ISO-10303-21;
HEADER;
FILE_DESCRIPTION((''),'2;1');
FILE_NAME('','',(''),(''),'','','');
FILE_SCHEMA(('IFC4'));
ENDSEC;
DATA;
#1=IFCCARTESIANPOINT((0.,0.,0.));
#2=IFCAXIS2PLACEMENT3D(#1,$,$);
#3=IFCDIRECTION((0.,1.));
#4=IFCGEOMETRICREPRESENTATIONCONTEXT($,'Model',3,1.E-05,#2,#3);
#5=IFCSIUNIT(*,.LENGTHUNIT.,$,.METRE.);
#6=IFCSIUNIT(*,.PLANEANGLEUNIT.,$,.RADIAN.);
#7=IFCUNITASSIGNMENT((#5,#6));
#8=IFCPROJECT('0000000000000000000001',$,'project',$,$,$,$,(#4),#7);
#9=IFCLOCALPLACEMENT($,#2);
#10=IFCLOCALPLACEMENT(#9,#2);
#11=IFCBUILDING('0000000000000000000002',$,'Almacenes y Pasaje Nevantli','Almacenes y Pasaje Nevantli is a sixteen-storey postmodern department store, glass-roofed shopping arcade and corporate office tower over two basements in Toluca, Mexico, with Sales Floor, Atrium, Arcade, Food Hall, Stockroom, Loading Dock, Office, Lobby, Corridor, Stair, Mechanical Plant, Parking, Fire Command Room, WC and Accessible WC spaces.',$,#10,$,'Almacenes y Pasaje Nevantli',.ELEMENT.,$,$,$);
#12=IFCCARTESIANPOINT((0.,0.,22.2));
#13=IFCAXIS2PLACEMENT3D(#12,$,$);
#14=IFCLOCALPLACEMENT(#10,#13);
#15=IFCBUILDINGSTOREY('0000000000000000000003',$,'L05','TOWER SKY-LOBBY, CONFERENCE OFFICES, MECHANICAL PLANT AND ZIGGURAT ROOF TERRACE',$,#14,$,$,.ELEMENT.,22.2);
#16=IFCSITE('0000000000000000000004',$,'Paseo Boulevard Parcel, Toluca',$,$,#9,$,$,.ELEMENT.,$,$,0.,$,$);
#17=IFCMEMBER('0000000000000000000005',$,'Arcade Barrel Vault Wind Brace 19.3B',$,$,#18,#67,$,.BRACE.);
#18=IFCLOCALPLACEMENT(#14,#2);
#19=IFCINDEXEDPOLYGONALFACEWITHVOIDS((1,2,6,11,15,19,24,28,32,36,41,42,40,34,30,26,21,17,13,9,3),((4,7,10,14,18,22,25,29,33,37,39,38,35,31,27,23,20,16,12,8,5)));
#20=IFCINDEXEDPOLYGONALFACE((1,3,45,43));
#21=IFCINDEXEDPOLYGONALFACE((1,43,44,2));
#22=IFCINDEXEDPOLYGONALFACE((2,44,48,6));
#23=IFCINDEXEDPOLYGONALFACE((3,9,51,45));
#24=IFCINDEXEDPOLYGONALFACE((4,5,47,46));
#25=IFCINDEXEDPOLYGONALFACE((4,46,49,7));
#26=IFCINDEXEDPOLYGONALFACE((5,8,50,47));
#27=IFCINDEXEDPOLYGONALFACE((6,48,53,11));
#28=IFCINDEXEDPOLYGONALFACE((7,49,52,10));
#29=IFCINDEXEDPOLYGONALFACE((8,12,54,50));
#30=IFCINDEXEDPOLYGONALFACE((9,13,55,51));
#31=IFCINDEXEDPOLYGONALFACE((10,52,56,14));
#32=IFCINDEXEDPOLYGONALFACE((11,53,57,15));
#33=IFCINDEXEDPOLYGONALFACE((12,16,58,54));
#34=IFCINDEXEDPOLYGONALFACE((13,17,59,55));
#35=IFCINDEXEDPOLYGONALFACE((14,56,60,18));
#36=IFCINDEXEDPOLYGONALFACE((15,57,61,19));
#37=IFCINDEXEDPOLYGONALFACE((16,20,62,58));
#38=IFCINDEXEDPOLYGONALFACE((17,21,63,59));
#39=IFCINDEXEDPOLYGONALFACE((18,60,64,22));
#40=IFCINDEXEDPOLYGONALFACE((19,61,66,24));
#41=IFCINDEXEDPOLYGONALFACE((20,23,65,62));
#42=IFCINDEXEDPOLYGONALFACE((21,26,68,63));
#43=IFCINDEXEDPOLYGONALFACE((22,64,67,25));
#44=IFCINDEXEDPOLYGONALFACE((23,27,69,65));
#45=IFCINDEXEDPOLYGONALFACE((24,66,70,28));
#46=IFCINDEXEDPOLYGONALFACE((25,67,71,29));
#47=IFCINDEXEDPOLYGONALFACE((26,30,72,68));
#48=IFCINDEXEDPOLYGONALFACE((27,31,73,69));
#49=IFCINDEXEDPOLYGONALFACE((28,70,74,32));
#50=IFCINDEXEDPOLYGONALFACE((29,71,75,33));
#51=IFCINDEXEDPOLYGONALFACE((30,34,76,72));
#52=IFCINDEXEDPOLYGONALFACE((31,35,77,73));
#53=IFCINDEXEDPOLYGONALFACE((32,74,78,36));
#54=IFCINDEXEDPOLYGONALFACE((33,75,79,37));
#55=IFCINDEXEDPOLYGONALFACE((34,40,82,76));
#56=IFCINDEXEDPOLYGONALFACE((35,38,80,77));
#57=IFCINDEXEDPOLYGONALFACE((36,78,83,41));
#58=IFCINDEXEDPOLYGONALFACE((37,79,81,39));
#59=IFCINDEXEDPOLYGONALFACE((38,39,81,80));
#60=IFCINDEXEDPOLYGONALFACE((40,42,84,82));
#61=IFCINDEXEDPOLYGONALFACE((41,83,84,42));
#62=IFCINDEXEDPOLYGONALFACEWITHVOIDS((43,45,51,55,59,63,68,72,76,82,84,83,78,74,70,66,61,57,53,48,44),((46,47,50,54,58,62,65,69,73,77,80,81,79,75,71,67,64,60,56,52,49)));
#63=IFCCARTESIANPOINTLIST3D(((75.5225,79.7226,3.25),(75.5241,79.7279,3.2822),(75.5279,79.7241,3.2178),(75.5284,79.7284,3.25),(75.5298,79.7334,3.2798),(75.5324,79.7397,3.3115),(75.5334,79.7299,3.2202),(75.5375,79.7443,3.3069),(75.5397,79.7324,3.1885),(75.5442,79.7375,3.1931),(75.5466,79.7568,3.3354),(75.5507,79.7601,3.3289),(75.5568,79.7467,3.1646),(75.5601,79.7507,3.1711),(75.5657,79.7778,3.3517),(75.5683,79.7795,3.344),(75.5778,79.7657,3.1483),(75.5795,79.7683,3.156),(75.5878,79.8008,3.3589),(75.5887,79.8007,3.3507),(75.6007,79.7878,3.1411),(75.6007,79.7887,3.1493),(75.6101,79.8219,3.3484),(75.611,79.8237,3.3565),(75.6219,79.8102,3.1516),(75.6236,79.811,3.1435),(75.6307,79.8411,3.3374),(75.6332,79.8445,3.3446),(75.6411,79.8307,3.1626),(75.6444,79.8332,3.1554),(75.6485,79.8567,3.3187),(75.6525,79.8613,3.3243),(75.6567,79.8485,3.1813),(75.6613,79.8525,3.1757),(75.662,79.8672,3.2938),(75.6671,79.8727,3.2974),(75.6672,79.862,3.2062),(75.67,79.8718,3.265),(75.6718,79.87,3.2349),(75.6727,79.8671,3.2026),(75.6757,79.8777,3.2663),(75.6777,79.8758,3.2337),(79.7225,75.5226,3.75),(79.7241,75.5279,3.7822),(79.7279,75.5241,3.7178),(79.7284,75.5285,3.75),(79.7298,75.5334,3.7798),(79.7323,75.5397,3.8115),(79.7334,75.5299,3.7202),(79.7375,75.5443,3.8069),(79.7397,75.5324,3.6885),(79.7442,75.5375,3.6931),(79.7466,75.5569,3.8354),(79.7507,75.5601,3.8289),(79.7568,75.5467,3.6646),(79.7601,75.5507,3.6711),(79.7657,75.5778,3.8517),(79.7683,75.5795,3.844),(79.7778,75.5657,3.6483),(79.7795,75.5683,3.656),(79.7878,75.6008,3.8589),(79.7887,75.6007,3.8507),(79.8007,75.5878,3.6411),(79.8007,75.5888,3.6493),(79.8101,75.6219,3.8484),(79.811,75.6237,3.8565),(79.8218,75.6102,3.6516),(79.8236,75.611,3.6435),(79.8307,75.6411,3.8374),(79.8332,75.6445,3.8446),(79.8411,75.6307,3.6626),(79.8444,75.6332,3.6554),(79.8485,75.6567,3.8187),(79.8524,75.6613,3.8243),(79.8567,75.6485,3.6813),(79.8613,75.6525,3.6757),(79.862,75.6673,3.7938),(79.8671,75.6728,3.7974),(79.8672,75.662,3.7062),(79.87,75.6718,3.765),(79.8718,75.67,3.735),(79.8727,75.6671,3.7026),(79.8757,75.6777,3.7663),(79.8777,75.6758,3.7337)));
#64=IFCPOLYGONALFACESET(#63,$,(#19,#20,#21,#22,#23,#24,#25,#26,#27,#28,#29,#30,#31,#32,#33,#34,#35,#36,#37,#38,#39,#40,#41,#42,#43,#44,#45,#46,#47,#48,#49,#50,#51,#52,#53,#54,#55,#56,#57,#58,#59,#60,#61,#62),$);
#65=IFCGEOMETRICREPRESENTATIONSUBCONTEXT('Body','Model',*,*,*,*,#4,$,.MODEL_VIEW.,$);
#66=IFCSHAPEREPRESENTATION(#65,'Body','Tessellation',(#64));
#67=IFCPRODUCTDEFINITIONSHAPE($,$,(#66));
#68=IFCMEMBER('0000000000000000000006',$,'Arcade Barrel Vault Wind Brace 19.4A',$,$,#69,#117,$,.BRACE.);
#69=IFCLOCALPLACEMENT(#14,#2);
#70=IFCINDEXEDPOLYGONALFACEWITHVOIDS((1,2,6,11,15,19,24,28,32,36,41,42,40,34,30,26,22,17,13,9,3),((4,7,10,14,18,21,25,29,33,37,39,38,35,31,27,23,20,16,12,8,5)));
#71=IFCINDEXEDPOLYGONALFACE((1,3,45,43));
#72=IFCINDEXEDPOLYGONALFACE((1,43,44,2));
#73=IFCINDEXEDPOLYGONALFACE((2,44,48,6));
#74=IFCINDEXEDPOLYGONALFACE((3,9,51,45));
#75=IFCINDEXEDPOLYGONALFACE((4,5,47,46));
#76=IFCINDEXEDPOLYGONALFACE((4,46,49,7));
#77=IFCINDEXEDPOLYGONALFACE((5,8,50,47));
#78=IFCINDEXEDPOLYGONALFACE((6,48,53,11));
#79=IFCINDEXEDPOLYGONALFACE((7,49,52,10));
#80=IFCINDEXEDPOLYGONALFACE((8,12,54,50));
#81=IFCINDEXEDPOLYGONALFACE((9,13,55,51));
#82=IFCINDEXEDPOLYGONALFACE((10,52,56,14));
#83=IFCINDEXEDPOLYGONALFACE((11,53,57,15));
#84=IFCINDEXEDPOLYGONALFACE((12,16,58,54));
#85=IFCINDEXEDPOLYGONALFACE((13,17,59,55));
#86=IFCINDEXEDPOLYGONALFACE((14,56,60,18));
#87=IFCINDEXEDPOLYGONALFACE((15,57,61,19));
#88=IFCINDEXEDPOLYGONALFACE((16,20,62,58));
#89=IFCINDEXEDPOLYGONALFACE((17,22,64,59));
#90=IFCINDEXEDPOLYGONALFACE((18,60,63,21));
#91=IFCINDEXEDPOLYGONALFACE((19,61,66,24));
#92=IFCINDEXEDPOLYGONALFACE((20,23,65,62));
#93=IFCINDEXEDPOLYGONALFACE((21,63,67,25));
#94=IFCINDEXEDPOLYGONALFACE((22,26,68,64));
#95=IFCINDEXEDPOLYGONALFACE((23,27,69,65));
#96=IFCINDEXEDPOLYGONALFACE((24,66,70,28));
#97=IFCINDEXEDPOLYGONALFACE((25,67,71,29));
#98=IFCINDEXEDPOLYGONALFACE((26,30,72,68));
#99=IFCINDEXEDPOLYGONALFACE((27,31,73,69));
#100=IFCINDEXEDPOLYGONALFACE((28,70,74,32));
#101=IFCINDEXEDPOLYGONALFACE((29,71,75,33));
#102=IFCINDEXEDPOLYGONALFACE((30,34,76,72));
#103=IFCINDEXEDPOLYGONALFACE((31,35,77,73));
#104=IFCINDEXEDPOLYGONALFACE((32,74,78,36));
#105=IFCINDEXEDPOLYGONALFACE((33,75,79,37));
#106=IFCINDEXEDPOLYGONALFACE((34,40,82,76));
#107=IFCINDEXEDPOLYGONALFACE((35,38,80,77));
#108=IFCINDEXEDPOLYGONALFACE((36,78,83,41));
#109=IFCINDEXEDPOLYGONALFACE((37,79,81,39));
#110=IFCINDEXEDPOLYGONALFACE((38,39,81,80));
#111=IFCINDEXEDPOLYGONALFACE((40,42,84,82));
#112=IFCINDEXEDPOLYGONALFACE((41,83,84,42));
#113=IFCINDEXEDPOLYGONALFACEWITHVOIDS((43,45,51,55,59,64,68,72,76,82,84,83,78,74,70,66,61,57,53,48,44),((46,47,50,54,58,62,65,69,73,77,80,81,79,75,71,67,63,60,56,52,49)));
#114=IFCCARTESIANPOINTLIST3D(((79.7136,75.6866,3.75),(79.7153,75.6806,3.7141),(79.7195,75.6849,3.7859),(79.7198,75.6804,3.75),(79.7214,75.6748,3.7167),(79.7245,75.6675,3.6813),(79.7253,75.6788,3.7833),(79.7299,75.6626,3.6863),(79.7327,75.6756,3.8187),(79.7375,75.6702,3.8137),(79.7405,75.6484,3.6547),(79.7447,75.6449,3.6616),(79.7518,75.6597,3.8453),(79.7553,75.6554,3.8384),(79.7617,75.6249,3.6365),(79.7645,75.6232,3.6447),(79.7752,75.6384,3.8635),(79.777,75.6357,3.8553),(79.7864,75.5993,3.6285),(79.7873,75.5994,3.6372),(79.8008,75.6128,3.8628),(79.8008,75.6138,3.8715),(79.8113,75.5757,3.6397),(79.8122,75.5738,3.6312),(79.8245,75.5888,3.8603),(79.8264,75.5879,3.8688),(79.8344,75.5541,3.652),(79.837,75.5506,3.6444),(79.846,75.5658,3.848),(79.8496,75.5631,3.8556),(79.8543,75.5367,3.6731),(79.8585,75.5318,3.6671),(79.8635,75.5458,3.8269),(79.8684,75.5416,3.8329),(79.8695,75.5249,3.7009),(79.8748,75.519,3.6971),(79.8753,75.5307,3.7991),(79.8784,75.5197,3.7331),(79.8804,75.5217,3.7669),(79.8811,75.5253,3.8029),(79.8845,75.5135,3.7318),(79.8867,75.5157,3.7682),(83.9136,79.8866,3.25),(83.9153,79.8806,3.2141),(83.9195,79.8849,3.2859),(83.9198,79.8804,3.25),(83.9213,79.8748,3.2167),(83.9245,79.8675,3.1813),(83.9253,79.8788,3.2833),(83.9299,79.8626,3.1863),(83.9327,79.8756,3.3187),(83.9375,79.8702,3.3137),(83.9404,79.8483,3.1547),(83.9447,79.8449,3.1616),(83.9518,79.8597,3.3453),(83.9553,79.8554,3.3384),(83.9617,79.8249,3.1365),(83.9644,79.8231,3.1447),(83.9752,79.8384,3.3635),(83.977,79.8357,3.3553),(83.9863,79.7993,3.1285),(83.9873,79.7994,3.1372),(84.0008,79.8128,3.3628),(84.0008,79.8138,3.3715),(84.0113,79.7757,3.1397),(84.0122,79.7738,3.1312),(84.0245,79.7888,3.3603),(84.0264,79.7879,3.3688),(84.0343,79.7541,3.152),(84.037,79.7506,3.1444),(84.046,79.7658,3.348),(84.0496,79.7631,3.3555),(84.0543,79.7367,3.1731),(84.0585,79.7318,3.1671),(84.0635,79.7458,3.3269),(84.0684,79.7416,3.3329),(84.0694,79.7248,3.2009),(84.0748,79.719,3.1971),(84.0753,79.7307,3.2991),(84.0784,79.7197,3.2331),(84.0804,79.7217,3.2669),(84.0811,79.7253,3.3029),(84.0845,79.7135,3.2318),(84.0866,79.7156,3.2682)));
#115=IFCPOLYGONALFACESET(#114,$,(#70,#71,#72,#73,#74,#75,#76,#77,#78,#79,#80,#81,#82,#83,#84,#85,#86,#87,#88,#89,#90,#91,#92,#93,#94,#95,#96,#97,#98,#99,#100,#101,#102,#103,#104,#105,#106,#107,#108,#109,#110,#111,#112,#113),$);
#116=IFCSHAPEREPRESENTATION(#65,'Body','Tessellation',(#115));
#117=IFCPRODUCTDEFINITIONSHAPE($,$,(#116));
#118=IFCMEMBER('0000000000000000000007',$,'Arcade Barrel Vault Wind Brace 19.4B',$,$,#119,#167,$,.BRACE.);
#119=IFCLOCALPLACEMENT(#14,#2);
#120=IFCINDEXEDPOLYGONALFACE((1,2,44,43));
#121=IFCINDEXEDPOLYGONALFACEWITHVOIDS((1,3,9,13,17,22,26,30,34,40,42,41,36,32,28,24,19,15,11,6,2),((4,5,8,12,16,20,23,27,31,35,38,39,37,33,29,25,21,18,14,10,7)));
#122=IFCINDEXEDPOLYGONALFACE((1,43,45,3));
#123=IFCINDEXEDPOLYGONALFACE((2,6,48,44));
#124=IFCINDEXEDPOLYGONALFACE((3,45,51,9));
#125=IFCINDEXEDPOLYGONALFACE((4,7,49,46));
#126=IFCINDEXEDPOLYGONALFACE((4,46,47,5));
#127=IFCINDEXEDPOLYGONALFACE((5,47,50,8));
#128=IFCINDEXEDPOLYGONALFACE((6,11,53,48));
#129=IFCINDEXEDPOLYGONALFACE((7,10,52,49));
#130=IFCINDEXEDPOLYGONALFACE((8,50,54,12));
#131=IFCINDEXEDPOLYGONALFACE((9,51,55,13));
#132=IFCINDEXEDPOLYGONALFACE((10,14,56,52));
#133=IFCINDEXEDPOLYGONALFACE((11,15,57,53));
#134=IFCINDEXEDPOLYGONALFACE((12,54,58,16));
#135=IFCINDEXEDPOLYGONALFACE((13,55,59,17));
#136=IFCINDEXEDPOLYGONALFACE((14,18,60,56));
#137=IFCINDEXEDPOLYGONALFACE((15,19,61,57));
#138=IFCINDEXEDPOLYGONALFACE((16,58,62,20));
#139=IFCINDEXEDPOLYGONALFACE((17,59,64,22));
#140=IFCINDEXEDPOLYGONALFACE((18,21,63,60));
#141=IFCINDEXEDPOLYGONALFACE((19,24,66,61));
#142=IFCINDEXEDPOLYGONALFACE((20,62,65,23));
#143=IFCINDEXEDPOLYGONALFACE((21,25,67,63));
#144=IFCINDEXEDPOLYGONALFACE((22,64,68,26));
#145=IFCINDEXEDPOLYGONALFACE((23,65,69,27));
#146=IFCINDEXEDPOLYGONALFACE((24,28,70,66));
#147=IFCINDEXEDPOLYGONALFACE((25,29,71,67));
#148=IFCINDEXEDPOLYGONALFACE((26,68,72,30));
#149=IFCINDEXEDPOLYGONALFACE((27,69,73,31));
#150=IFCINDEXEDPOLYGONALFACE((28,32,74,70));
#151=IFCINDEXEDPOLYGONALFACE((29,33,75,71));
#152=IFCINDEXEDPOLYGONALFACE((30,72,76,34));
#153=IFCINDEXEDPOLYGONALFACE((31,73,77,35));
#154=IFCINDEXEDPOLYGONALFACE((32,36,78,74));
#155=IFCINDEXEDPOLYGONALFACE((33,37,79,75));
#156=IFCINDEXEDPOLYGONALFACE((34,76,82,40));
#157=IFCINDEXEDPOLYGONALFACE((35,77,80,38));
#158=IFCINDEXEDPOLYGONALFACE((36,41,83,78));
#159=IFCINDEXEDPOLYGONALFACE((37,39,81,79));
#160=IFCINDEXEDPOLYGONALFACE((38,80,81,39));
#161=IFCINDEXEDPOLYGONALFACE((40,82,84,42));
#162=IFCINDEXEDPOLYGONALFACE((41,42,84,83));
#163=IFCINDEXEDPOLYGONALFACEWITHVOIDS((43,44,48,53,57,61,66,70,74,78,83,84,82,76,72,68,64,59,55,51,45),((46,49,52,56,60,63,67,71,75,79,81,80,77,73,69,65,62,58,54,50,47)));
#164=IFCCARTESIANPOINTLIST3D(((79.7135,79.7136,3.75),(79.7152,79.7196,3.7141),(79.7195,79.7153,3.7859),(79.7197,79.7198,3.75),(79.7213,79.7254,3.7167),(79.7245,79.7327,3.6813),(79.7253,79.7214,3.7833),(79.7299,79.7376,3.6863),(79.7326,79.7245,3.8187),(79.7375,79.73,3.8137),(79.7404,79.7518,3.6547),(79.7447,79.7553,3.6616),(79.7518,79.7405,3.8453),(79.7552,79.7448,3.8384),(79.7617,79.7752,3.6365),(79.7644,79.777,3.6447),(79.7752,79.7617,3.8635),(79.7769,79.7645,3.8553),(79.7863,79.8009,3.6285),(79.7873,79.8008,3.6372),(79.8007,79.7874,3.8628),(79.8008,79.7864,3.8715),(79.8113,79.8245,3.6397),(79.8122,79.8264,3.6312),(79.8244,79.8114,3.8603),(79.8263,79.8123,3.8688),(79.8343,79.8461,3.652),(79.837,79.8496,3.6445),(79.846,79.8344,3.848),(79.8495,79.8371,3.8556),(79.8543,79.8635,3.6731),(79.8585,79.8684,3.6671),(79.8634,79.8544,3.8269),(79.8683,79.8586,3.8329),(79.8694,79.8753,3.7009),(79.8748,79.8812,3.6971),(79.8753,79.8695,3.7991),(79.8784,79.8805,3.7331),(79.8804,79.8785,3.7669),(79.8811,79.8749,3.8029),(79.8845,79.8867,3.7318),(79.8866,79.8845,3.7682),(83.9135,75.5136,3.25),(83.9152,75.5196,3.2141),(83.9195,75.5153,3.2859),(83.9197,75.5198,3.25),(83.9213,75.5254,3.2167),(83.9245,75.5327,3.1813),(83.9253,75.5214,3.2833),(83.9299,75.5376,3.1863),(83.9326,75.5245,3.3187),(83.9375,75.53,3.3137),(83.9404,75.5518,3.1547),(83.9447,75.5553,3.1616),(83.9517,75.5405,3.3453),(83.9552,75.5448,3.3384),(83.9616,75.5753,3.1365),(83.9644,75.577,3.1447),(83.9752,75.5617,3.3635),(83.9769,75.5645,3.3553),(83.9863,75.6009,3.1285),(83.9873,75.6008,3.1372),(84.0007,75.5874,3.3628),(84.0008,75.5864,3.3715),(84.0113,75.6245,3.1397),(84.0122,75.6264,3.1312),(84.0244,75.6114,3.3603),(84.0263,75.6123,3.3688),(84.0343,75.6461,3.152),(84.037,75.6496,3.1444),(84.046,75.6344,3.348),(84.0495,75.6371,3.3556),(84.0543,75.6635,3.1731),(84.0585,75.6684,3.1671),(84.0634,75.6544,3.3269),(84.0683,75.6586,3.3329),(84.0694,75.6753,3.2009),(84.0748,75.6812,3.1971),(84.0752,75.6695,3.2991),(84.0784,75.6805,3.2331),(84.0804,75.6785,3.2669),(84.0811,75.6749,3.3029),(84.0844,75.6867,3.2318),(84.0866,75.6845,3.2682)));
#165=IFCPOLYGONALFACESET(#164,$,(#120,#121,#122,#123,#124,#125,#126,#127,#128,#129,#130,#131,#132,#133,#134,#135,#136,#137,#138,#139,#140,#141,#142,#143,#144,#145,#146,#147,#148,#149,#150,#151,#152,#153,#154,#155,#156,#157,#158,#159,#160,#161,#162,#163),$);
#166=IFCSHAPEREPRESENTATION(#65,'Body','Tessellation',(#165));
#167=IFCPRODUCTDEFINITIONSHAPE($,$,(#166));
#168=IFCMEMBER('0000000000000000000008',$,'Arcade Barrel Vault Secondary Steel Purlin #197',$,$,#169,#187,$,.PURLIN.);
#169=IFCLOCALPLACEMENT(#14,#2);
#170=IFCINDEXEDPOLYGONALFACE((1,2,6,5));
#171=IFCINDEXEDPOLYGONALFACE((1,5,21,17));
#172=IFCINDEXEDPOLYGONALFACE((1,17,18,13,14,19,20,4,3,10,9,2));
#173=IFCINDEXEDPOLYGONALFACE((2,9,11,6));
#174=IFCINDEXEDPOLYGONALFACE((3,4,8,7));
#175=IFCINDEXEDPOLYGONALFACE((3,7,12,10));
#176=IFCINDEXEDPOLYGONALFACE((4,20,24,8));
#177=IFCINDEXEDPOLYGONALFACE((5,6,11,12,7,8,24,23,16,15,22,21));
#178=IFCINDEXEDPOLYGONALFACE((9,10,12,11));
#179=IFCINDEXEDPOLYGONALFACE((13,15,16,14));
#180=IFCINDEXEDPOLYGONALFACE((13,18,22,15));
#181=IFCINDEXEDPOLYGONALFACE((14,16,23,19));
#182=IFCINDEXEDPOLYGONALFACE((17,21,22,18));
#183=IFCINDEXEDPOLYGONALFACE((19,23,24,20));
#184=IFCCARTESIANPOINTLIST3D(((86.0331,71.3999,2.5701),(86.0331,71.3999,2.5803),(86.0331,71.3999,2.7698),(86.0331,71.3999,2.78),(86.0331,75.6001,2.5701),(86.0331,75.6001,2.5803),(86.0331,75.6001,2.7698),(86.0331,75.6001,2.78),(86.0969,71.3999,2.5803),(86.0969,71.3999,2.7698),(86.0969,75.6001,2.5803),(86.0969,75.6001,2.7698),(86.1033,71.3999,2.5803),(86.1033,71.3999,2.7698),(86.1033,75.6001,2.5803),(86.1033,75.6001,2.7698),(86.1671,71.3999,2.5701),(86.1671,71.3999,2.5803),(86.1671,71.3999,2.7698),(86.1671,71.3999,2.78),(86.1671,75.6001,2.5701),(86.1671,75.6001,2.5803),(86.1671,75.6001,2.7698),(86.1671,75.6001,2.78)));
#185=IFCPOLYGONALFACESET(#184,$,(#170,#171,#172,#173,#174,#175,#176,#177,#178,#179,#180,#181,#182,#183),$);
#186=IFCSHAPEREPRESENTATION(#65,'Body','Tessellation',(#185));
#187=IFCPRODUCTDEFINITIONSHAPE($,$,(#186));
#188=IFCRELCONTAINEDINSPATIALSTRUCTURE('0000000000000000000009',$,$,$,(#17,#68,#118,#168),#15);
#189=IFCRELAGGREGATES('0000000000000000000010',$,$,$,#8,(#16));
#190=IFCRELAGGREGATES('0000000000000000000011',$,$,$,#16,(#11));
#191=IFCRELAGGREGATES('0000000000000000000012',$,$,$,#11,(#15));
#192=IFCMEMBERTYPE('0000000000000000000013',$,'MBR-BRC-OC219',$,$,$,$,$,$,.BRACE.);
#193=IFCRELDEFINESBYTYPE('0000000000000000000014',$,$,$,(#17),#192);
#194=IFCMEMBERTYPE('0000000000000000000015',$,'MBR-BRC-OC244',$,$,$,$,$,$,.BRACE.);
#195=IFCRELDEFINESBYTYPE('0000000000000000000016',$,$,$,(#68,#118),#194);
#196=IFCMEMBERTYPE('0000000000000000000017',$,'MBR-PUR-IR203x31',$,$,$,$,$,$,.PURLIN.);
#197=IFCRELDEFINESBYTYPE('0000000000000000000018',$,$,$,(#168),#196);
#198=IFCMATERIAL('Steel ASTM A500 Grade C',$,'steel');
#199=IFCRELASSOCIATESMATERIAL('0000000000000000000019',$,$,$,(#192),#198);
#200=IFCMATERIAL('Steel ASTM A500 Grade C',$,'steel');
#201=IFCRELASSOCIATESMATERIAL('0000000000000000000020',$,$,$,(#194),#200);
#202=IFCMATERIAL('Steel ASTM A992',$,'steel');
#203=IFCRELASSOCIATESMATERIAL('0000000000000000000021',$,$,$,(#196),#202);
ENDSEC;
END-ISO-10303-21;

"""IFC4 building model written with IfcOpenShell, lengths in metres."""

from ifc_helpers import new_model, si_unit, direction, frame, origin, origin_2d, place, context, subcontext, project, spatial, hollow_circle, i_section, extrude, material, material_profile, profile_set, type_object, element, save


model = new_model("IFC4")

# Units and contexts
model_context = context("Model", 3, precision=1e-05, world=origin(), true_north=direction((0.0, 1.0)))
body_context = subcontext(model_context, "Body", "Model", "MODEL_VIEW")
ifc_project = project(units=[si_unit("LENGTHUNIT", "METRE"), si_unit("PLANEANGLEUNIT", "RADIAN")], contexts=[model_context])

# Site, building, storey
site_placement = place(None, origin())
site = spatial("IfcSite", under=ifc_project, at=site_placement, Name="Paseo Boulevard Parcel, Toluca", CompositionType="ELEMENT", RefElevation=0.0)
building_placement = place(site_placement, origin())
building = spatial("IfcBuilding", under=site, at=building_placement, Name="Almacenes y Pasaje Nevantli", Description="Almacenes y Pasaje Nevantli is a sixteen-storey postmodern department store, glass-roofed shopping arcade and corporate office tower over two basements in Toluca, Mexico, with Sales Floor, Atrium, Arcade, Food Hall, Stockroom, Loading Dock, Office, Lobby, Corridor, Stair, Mechanical Plant, Parking, Fire Command Room, WC and Accessible WC spaces.", LongName="Almacenes y Pasaje Nevantli", CompositionType="ELEMENT")
storey_placement = place(building_placement, frame((0.0, 0.0, 22.2)))
storey = spatial("IfcBuildingStorey", under=building, at=storey_placement, Name="L05", Description="TOWER SKY-LOBBY, CONFERENCE OFFICES, MECHANICAL PLANT AND ZIGGURAT ROOF TERRACE", CompositionType="ELEMENT", Elevation=22.2)

# Members
ifc_material_1 = material(Name="Steel ASTM A500 Grade C", Category="steel")
ifc_material_profile_1 = material_profile(ifc_material_1, hollow_circle(Radius=0.1096, WallThickness=0.0083, at=origin_2d()), Name="OC 219x8.2")
ifc_profile_set_1 = profile_set([ifc_material_profile_1], Name="Steel ASTM A500 Grade C")
member_type_1 = type_object("IfcMemberType", Name="MBR-BRC-OC219", PredefinedType="BRACE", material=ifc_profile_set_1)
member_1_placement = place(storey_placement, frame((79.8, 75.6001, 3.75), z_axis=(-0.704615, 0.704615, -0.083884), x_axis=(-0.707107, -0.707107, 0.0)))
element("IfcMember", 1, at=member_1_placement, inside=storey, type_object=member_type_1, Name="Arcade Barrel Vault Wind Brace 19.3B", PredefinedType="BRACE", context=body_context, shape_type="SweptSolid", body=[
    extrude(hollow_circle(Radius=0.1096, WallThickness=0.0083, at=origin_2d()), origin(), (0.0, 0.0, 1.0), 5.9607),
])
ifc_material_2 = material(Name="Steel ASTM A500 Grade C", Category="steel")
ifc_material_profile_2 = material_profile(ifc_material_2, hollow_circle(Radius=0.1223, WallThickness=0.0088, at=origin_2d()), Name="OC 244x8.9")
ifc_profile_set_2 = profile_set([ifc_material_profile_2], Name="Steel ASTM A500 Grade C")
member_type_2 = type_object("IfcMemberType", Name="MBR-BRC-OC244", PredefinedType="BRACE", material=ifc_profile_set_2)
for number, where, z_axis, x_axis, name in (
    (2, (79.8, 75.6001, 3.75), (0.704615, 0.704615, -0.083884), (-0.707107, 0.707107, 0.0), "Arcade Barrel Vault Wind Brace 19.4A"),
    (3, (84.0, 75.6001, 3.25), (-0.704615, 0.704615, 0.083884), (-0.707107, -0.707107, 0.0), "Arcade Barrel Vault Wind Brace 19.4B"),
):
    element("IfcMember", number, at=place(storey_placement, frame(where, z_axis=z_axis, x_axis=x_axis)), inside=storey, type_object=member_type_2, Name=name, PredefinedType="BRACE", context=body_context, shape_type="SweptSolid", body=[
        extrude(hollow_circle(Radius=0.1223, WallThickness=0.0088, at=origin_2d()), origin(), (0.0, 0.0, 1.0), 5.9607),
    ])
ifc_material_3 = material(Name="Steel ASTM A992", Category="steel")
ifc_material_profile_3 = material_profile(ifc_material_3, i_section(OverallWidth=0.134, OverallDepth=0.21, WebThickness=0.0063, FlangeThickness=0.0103, at=origin_2d()), Name="IR 203x31.3")
ifc_profile_set_3 = profile_set([ifc_material_profile_3], Name="Steel ASTM A992")
member_type_3 = type_object("IfcMemberType", Name="MBR-PUR-IR203x31", PredefinedType="PURLIN", material=ifc_profile_set_3)
member_2_placement = place(storey_placement, frame((86.1001, 71.3999, 2.675), z_axis=(0.0, 1.0, 0.0), x_axis=(-1.0, 0.0, 0.0)))
element("IfcMember", 4, at=member_2_placement, inside=storey, type_object=member_type_3, Name="Arcade Barrel Vault Secondary Steel Purlin #197", PredefinedType="PURLIN", context=body_context, shape_type="SweptSolid", body=[
    extrude(i_section(OverallWidth=0.134, OverallDepth=0.21, WebThickness=0.0063, FlangeThickness=0.0103, at=origin_2d()), origin(), (0.0, 0.0, 1.0), 4.2002),
])

save(model, "model.ifc")
